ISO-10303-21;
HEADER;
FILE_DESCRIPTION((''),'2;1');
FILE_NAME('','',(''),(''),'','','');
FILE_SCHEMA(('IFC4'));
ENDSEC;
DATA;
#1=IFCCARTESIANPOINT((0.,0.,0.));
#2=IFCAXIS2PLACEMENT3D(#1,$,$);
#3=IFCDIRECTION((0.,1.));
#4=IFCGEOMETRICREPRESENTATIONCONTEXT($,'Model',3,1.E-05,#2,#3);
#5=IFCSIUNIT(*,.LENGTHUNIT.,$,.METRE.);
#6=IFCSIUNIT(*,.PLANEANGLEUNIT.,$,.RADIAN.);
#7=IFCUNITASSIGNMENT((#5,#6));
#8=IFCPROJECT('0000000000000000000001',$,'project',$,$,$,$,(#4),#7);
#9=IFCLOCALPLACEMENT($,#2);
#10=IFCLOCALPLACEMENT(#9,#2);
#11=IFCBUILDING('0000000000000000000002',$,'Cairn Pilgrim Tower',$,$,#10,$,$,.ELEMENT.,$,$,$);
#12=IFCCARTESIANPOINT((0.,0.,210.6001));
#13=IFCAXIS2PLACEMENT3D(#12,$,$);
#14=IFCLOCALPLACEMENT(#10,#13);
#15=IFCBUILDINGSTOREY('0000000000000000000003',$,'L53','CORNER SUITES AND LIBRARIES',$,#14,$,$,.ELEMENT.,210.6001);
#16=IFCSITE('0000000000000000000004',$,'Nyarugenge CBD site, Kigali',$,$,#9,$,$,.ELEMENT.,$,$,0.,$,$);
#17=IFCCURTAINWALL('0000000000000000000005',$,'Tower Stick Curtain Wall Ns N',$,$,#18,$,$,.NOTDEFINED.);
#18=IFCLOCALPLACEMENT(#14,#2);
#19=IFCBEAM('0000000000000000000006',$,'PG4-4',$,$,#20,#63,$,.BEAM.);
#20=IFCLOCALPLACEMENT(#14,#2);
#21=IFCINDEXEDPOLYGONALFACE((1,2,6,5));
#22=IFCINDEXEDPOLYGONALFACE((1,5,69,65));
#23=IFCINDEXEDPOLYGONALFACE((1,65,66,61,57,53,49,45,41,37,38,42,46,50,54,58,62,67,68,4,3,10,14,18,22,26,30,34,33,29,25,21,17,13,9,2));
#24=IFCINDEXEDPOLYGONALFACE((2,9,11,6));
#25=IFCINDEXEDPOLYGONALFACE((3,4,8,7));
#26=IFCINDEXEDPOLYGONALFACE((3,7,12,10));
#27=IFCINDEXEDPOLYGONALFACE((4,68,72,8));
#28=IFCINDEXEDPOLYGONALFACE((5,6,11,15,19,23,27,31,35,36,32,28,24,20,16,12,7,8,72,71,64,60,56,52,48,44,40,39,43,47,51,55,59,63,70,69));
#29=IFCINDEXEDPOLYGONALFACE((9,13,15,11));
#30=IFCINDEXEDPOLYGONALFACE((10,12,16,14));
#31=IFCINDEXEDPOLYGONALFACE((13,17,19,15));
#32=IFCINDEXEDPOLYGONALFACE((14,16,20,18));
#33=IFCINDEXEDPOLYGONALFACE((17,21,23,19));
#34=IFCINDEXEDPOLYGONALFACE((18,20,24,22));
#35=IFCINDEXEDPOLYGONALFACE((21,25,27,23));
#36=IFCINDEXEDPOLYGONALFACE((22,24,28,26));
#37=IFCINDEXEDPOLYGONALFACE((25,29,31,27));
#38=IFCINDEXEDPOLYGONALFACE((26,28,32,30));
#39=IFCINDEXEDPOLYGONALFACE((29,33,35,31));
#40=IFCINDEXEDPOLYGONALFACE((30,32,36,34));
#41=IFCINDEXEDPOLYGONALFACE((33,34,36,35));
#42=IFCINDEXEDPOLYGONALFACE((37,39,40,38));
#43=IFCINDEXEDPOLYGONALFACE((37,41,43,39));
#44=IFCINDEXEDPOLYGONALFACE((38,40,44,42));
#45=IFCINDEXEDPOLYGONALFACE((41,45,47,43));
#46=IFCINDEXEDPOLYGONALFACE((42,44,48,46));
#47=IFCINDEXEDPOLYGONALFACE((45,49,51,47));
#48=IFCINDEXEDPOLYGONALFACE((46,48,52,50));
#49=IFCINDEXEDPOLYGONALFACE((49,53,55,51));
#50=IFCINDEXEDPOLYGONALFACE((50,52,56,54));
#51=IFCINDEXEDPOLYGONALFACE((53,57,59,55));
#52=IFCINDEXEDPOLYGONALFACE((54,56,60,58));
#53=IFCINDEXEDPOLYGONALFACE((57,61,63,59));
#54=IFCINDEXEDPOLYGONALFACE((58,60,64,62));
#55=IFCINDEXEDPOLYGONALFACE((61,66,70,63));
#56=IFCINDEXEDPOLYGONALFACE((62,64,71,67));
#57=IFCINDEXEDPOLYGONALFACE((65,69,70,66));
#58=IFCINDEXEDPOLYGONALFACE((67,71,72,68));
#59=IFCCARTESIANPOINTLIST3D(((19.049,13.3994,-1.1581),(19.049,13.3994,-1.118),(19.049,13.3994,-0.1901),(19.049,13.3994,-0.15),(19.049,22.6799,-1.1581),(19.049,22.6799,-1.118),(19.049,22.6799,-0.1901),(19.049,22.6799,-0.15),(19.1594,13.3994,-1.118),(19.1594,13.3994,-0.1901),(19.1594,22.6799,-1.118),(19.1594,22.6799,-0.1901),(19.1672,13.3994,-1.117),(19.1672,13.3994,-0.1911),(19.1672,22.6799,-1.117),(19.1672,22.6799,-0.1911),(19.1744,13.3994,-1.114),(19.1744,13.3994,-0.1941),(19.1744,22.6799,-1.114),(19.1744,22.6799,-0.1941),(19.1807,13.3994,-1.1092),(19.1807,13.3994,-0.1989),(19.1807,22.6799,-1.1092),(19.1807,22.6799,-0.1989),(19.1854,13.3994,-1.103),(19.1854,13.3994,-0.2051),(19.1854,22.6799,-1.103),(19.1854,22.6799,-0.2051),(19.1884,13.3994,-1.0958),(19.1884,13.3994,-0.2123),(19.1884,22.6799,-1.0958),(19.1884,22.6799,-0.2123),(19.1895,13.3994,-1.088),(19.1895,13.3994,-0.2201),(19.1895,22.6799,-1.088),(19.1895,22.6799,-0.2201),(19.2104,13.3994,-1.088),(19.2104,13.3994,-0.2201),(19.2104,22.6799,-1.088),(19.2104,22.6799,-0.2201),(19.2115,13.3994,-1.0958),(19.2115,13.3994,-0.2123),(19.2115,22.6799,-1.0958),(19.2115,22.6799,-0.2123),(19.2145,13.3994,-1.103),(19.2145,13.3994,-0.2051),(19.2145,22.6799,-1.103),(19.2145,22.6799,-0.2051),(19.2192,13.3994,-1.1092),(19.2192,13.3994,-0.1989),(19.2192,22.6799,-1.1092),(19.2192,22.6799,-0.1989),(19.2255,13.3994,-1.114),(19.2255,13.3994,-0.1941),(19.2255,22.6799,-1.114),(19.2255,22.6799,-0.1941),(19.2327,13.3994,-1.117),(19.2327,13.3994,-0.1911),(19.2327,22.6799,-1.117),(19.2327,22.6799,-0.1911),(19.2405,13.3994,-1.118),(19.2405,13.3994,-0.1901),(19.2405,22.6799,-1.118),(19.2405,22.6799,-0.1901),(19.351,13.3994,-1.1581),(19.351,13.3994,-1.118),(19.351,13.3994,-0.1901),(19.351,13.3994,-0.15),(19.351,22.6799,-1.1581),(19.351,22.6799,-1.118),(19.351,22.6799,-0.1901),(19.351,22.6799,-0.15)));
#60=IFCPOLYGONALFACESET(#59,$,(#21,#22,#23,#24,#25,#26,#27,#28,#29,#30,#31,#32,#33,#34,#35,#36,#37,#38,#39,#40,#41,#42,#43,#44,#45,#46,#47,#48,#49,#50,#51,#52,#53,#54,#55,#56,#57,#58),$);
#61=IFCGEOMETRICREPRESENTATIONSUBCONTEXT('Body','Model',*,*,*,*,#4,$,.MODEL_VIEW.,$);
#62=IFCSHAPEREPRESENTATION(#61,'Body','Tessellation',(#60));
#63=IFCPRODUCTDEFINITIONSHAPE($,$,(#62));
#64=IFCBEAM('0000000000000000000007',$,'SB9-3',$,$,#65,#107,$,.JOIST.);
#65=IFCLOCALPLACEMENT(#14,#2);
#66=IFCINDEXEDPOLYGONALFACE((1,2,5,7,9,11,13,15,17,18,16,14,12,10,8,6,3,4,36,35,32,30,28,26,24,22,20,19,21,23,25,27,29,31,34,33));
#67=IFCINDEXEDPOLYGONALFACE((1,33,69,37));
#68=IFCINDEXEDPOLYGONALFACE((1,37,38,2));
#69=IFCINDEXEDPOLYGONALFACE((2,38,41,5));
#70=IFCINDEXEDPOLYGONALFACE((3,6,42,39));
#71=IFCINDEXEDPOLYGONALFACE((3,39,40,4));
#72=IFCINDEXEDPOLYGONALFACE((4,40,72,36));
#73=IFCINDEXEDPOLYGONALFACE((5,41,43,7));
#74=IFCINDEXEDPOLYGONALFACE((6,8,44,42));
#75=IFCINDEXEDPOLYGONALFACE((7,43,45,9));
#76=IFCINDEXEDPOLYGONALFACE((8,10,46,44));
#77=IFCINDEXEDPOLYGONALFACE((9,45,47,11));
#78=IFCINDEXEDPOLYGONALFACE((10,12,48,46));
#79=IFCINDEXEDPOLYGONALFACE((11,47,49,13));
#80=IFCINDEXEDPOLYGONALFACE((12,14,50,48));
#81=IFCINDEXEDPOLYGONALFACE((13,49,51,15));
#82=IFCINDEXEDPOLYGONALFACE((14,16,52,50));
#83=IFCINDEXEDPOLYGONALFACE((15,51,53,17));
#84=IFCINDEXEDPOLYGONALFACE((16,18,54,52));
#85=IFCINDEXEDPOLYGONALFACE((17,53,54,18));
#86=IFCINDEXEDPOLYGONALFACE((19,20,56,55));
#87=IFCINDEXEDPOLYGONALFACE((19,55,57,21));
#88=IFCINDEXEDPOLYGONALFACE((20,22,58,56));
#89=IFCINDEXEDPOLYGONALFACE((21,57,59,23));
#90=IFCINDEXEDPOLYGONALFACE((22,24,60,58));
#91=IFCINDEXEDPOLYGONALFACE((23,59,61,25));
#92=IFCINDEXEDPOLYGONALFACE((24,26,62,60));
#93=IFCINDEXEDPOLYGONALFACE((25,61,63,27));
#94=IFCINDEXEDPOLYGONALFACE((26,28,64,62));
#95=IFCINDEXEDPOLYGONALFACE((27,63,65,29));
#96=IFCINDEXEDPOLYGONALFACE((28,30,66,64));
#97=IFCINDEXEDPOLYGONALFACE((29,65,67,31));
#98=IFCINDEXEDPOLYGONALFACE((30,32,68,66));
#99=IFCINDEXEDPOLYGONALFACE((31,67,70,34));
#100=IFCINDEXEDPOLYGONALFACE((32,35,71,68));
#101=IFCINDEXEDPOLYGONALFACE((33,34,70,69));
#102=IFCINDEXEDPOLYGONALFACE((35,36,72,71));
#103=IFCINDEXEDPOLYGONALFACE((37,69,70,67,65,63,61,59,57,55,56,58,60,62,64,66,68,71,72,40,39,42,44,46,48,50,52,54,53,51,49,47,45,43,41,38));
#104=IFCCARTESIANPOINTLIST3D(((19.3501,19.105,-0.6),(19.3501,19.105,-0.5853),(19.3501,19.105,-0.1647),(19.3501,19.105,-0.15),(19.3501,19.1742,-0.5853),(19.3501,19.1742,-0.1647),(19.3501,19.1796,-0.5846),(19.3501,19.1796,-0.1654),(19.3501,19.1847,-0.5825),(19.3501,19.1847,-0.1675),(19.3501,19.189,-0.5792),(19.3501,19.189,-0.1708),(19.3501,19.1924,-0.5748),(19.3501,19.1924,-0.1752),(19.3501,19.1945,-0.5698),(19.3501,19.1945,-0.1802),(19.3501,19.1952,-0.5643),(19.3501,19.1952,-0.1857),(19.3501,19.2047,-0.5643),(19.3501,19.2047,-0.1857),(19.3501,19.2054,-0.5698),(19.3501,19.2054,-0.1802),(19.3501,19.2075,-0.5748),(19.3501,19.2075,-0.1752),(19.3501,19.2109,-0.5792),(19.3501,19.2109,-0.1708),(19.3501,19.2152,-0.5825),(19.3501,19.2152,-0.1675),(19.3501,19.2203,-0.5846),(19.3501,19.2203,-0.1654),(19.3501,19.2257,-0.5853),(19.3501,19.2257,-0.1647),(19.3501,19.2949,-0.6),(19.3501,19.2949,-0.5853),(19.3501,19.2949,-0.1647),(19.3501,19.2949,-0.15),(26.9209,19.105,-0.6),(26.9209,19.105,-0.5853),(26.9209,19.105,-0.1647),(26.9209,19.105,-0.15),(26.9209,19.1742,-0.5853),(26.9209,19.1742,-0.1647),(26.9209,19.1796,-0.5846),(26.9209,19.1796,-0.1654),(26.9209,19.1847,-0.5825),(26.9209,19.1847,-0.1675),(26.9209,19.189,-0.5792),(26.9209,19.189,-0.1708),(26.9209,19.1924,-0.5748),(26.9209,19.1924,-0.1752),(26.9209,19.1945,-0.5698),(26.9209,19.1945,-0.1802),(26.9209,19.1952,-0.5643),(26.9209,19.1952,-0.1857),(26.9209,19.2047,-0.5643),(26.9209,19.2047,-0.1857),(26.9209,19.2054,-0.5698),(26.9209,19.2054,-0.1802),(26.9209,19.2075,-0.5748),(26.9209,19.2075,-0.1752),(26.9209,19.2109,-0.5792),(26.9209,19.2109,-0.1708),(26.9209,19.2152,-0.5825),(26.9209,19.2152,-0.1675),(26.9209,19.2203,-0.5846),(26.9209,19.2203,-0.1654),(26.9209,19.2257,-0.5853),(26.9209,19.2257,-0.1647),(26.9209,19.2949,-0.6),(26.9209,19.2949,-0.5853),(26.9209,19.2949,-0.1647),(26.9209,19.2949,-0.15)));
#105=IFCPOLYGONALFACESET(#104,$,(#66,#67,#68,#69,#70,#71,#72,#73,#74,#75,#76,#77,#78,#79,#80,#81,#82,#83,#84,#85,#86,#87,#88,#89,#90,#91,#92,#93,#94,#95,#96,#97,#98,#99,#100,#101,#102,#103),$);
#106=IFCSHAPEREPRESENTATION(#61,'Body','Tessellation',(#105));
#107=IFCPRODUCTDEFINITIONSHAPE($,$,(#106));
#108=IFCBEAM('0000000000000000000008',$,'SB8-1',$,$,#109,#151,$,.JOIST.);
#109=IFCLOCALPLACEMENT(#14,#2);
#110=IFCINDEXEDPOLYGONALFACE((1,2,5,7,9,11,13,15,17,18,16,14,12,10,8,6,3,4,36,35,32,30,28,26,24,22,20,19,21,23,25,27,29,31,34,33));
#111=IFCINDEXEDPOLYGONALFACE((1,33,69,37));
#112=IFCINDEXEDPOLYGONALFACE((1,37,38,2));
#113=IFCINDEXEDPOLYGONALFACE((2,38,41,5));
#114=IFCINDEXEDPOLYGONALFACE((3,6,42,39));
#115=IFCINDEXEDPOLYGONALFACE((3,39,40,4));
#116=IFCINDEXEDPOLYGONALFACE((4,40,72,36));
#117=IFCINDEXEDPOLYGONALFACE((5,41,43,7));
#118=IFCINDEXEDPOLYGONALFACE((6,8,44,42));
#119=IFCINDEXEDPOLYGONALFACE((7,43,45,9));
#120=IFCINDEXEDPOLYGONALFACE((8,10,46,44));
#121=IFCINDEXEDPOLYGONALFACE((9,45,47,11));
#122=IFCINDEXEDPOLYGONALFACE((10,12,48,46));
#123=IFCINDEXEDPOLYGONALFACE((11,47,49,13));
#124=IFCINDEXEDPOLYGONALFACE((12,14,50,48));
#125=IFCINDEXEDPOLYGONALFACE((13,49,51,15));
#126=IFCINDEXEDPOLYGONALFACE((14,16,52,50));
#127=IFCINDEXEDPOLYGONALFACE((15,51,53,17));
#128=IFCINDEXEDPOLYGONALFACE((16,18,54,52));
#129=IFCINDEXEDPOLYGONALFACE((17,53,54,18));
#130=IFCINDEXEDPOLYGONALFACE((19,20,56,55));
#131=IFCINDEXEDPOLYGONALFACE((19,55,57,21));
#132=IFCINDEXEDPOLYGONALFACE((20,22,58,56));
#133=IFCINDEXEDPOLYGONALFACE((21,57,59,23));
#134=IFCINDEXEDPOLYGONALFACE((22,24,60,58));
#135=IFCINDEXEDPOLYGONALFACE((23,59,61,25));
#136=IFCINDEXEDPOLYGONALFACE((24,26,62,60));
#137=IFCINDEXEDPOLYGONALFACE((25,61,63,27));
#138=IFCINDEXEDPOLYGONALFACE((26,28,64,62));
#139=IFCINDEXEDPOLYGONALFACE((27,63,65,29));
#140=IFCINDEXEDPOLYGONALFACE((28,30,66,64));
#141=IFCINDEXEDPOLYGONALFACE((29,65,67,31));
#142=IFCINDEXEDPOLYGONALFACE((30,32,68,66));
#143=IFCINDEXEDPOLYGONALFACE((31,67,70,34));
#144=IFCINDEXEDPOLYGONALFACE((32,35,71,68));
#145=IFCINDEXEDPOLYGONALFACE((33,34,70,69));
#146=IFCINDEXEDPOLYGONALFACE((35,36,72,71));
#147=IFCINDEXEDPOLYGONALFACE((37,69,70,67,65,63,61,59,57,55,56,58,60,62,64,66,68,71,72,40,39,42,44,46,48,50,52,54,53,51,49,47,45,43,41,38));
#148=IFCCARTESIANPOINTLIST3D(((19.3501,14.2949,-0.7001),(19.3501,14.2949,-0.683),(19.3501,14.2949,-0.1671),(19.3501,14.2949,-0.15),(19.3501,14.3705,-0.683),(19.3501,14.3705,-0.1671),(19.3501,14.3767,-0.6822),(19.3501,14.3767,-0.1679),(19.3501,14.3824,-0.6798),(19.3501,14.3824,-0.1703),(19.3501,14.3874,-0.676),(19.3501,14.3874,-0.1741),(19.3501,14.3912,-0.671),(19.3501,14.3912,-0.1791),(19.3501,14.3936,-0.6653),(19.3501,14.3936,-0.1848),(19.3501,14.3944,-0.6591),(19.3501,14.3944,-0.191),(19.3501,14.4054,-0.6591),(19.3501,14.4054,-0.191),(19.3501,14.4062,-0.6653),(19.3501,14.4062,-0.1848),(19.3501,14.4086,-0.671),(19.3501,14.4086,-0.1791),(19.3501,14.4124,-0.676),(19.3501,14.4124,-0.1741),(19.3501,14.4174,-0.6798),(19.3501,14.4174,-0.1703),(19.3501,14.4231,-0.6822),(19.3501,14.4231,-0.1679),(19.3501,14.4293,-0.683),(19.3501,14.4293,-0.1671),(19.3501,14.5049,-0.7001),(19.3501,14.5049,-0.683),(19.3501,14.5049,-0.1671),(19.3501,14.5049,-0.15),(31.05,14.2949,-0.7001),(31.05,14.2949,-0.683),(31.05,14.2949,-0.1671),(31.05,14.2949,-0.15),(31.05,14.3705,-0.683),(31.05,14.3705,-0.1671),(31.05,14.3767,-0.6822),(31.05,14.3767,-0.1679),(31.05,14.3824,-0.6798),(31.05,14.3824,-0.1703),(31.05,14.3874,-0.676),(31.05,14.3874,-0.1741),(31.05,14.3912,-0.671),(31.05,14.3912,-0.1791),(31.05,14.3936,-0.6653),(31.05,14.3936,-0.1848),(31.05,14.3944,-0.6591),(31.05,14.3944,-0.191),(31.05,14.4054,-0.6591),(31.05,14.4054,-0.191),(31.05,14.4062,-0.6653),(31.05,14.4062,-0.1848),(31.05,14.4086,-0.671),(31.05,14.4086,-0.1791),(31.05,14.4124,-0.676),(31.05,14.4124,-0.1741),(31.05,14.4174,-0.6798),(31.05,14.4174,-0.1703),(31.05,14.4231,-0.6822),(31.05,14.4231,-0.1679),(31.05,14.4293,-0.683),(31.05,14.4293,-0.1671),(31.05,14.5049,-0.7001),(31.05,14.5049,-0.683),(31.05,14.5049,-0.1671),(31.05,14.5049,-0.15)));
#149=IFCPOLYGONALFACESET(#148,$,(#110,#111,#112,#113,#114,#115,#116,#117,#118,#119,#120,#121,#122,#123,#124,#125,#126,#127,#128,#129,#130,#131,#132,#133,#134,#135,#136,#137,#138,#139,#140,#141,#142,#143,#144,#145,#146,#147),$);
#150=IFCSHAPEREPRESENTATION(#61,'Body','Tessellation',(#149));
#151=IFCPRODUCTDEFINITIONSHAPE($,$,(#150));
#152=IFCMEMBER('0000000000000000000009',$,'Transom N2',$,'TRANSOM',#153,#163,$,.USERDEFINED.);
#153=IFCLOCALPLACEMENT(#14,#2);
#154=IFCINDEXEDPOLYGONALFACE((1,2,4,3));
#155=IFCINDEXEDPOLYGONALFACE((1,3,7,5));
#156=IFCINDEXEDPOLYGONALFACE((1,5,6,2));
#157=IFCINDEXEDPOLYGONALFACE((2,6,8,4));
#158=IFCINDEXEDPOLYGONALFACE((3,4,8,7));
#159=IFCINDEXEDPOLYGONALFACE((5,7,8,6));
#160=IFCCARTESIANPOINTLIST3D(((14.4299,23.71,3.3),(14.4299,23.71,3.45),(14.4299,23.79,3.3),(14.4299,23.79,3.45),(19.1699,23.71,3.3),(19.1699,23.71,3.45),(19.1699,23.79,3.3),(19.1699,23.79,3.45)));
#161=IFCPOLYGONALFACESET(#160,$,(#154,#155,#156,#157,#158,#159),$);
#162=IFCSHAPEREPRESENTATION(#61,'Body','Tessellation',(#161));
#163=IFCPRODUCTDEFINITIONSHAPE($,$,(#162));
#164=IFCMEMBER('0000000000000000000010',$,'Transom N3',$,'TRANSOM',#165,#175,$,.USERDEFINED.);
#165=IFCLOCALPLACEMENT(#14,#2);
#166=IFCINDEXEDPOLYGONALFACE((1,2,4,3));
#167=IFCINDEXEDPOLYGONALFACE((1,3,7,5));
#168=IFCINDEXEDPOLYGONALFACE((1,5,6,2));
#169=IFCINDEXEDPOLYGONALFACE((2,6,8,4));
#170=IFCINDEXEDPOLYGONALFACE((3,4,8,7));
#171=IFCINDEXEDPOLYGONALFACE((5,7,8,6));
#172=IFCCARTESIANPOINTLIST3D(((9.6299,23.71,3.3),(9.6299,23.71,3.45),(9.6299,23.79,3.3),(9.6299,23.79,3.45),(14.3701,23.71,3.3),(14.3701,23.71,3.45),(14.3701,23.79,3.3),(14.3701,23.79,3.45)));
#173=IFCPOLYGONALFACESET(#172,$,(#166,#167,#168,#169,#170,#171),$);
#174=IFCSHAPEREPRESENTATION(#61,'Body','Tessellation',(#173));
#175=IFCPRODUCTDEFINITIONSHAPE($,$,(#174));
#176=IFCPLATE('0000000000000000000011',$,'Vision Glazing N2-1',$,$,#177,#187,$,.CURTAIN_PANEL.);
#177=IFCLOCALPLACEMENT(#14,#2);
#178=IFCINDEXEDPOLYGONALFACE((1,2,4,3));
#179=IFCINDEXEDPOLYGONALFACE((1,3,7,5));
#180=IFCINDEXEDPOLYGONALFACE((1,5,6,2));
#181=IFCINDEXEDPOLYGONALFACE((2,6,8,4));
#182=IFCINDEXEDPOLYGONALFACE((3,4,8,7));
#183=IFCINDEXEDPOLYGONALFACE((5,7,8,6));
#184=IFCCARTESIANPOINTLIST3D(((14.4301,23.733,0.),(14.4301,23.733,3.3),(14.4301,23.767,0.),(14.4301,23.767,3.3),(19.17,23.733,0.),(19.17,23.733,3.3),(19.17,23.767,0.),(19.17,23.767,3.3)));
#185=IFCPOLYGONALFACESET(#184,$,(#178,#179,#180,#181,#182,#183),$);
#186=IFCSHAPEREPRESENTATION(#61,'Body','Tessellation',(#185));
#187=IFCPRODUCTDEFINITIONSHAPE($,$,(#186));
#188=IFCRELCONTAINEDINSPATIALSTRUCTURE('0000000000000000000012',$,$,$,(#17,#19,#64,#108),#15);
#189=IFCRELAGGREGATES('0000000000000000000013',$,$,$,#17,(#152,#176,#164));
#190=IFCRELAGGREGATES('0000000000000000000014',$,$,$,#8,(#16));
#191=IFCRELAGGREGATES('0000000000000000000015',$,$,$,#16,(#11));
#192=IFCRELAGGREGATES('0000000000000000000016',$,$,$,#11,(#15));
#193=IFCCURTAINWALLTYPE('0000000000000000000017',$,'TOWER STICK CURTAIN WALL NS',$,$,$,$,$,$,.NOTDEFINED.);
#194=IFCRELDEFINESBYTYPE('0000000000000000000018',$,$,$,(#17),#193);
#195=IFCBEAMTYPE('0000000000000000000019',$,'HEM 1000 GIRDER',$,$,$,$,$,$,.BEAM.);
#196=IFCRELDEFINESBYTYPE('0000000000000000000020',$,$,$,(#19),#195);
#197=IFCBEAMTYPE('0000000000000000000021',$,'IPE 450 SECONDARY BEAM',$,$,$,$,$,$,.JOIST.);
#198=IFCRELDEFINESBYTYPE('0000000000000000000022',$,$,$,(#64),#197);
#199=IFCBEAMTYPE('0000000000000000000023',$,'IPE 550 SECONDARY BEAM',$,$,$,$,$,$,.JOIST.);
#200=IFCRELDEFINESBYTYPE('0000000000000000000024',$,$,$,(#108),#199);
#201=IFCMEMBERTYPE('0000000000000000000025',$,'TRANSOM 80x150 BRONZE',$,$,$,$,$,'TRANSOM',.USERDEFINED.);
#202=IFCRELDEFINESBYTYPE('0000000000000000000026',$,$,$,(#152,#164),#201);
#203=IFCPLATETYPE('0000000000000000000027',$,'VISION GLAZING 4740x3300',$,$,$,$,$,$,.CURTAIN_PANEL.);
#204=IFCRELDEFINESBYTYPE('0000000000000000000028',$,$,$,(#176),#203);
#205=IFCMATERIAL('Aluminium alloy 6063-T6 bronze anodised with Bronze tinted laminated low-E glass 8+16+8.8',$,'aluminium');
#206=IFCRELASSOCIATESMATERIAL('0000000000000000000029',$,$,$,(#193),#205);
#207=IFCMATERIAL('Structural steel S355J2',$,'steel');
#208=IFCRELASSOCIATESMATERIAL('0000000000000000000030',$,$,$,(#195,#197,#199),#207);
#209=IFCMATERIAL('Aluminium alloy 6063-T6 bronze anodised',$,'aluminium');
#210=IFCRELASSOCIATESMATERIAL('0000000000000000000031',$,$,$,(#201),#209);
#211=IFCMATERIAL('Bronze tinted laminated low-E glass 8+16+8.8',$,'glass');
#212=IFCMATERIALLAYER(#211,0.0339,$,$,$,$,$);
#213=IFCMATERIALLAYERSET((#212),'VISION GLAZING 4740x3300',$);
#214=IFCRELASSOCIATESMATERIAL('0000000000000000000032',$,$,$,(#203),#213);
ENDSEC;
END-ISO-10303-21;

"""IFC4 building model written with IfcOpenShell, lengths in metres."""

from ifc_helpers import new_model, si_unit, direction, frame, origin, origin_2d, place, context, subcontext, project, spatial, rectangle, i_section, extrude, material, layer, layer_set, material_profile, profile_set, type_object, element, aggregate, save


model = new_model("IFC4")

# Units and contexts
model_context = context("Model", 3, precision=1e-05, world=origin(), true_north=direction((0.0, 1.0)))
body_context = subcontext(model_context, "Body", "Model", "MODEL_VIEW")
ifc_project = project(units=[si_unit("LENGTHUNIT", "METRE"), si_unit("PLANEANGLEUNIT", "RADIAN")], contexts=[model_context])

# Site, building, storey
site_placement = place(None, origin())
site = spatial("IfcSite", under=ifc_project, at=site_placement, Name="Nyarugenge CBD site, Kigali", CompositionType="ELEMENT", RefElevation=0.0)
building_placement = place(site_placement, origin())
building = spatial("IfcBuilding", under=site, at=building_placement, Name="Cairn Pilgrim Tower", CompositionType="ELEMENT")
storey_placement = place(building_placement, frame((0.0, 0.0, 210.6001)))
storey = spatial("IfcBuildingStorey", under=building, at=storey_placement, Name="L53", Description="CORNER SUITES AND LIBRARIES", CompositionType="ELEMENT", Elevation=210.6001)

# Shared definitions
ifc_material_1 = material(Name="Structural steel S355J2", Category="steel")

# Curtain wall
ifc_material_2 = material(Name="Aluminium alloy 6063-T6 bronze anodised with Bronze tinted laminated low-E glass 8+16+8.8", Category="aluminium")
curtain_wall_type = type_object("IfcCurtainWallType", Name="TOWER STICK CURTAIN WALL NS", PredefinedType="NOTDEFINED", material=ifc_material_2)
curtain_wall_placement = place(storey_placement, origin())
curtain_wall = element("IfcCurtainWall", 1, at=curtain_wall_placement, inside=storey, type_object=curtain_wall_type, Name="Tower Stick Curtain Wall Ns N", PredefinedType="NOTDEFINED")
ifc_material_3 = material(Name="Aluminium alloy 6063-T6 bronze anodised", Category="aluminium")

# Beams
ifc_material_profile_1 = material_profile(ifc_material_1, i_section(OverallWidth=0.302, OverallDepth=1.0081, WebThickness=0.021, FlangeThickness=0.04, FilletRadius=0.03, at=origin_2d()), Name="HEM 1000")
ifc_profile_set_1 = profile_set([ifc_material_profile_1], Name="Structural steel S355J2")
beam_type_1 = type_object("IfcBeamType", Name="HEM 1000 GIRDER", PredefinedType="BEAM", material=ifc_profile_set_1)
beam_1_placement = place(storey_placement, frame((19.2, 13.3994, -0.6541), z_axis=(0.0, 1.0, 0.0), x_axis=(-1.0, 0.0, 0.0)))
element("IfcBeam", 2, at=beam_1_placement, inside=storey, type_object=beam_type_1, Name="PG4-4", PredefinedType="BEAM", context=body_context, shape_type="SweptSolid", body=[
    extrude(i_section(OverallWidth=0.302, OverallDepth=1.0081, WebThickness=0.021, FlangeThickness=0.04, FilletRadius=0.03, at=origin_2d()), origin(), (0.0, 0.0, 1.0), 9.2805),
])
ifc_material_profile_2 = material_profile(ifc_material_1, i_section(OverallWidth=0.1899, OverallDepth=0.45, WebThickness=0.0095, FlangeThickness=0.0146, FilletRadius=0.021, at=origin_2d()), Name="IPE 450")
ifc_profile_set_2 = profile_set([ifc_material_profile_2], Name="Structural steel S355J2")
beam_type_2 = type_object("IfcBeamType", Name="IPE 450 SECONDARY BEAM", PredefinedType="JOIST", material=ifc_profile_set_2)
beam_2_placement = place(storey_placement, frame((19.3501, 19.2, -0.375), z_axis=(1.0, 0.0, 0.0), x_axis=(0.0, 1.0, 0.0)))
element("IfcBeam", 3, at=beam_2_placement, inside=storey, type_object=beam_type_2, Name="SB9-3", PredefinedType="JOIST", context=body_context, shape_type="SweptSolid", body=[
    extrude(i_section(OverallWidth=0.1899, OverallDepth=0.45, WebThickness=0.0095, FlangeThickness=0.0146, FilletRadius=0.021, at=origin_2d()), origin(), (0.0, 0.0, 1.0), 7.5708),
])
ifc_material_profile_3 = material_profile(ifc_material_1, i_section(OverallWidth=0.21, OverallDepth=0.55, WebThickness=0.011, FlangeThickness=0.0171, FilletRadius=0.0239, at=origin_2d()), Name="IPE 550")
ifc_profile_set_3 = profile_set([ifc_material_profile_3], Name="Structural steel S355J2")
beam_type_3 = type_object("IfcBeamType", Name="IPE 550 SECONDARY BEAM", PredefinedType="JOIST", material=ifc_profile_set_3)
beam_3_placement = place(storey_placement, frame((19.3501, 14.3999, -0.425), z_axis=(1.0, 0.0, 0.0), x_axis=(0.0, 1.0, 0.0)))
element("IfcBeam", 4, at=beam_3_placement, inside=storey, type_object=beam_type_3, Name="SB8-1", PredefinedType="JOIST", context=body_context, shape_type="SweptSolid", body=[
    extrude(i_section(OverallWidth=0.21, OverallDepth=0.55, WebThickness=0.011, FlangeThickness=0.0171, FilletRadius=0.0239, at=origin_2d()), origin(), (0.0, 0.0, 1.0), 11.7),
])

# Members
ifc_material_profile_4 = material_profile(ifc_material_3, rectangle(XDim=0.0801, YDim=0.1499, at=origin_2d()), Name="TRANSOM 80x150 BRONZE")
ifc_profile_set_4 = profile_set([ifc_material_profile_4], Name="Aluminium alloy 6063-T6 bronze anodised")
member_type_1 = type_object("IfcMemberType", Name="TRANSOM 80x150 BRONZE", ElementType="TRANSOM", PredefinedType="USERDEFINED", material=ifc_profile_set_4)
member_1_placement = place(storey_placement, frame((19.1699, 23.75, 3.375), z_axis=(-1.0, 0.0, 0.0), x_axis=(0.0, -1.0, 0.0)))
member_1 = element("IfcMember", 5, at=member_1_placement, type_object=member_type_1, Name="Transom N2", ObjectType="TRANSOM", PredefinedType="USERDEFINED", context=body_context, shape_type="SweptSolid", body=[
    extrude(rectangle(XDim=0.0801, YDim=0.1499, at=origin_2d()), origin(), (0.0, 0.0, 1.0), 4.74),
])
member_2_placement = place(storey_placement, frame((14.3701, 23.75, 3.375), z_axis=(-1.0, 0.0, 0.0), x_axis=(0.0, -1.0, 0.0)))
member_2 = element("IfcMember", 6, at=member_2_placement, type_object=member_type_1, Name="Transom N3", ObjectType="TRANSOM", PredefinedType="USERDEFINED", context=body_context, shape_type="SweptSolid", body=[
    extrude(rectangle(XDim=0.0801, YDim=0.1499, at=origin_2d()), origin(), (0.0, 0.0, 1.0), 4.7402),
])

# Plate
ifc_material_4 = material(Name="Bronze tinted laminated low-E glass 8+16+8.8", Category="glass")
ifc_layer_1 = layer(ifc_material_4, 0.0339)
ifc_layer_set_1 = layer_set([ifc_layer_1], Name="VISION GLAZING 4740x3300")
plate_type = type_object("IfcPlateType", Name="VISION GLAZING 4740x3300", PredefinedType="CURTAIN_PANEL", material=ifc_layer_set_1)
plate_1_placement = place(storey_placement, frame((16.8, 23.75, 0.0), z_axis=(0.0, 0.0, 1.0), x_axis=(-1.0, 0.0, 0.0)))
plate_1 = element("IfcPlate", 7, at=plate_1_placement, type_object=plate_type, Name="Vision Glazing N2-1", PredefinedType="CURTAIN_PANEL", context=body_context, shape_type="SweptSolid", body=[
    extrude(rectangle(XDim=4.74, YDim=0.0339, at=origin_2d()), origin(), (0.0, 0.0, 1.0), 3.3),
])
aggregate(curtain_wall, [member_1, plate_1, member_2])

save(model, "model.ifc")
